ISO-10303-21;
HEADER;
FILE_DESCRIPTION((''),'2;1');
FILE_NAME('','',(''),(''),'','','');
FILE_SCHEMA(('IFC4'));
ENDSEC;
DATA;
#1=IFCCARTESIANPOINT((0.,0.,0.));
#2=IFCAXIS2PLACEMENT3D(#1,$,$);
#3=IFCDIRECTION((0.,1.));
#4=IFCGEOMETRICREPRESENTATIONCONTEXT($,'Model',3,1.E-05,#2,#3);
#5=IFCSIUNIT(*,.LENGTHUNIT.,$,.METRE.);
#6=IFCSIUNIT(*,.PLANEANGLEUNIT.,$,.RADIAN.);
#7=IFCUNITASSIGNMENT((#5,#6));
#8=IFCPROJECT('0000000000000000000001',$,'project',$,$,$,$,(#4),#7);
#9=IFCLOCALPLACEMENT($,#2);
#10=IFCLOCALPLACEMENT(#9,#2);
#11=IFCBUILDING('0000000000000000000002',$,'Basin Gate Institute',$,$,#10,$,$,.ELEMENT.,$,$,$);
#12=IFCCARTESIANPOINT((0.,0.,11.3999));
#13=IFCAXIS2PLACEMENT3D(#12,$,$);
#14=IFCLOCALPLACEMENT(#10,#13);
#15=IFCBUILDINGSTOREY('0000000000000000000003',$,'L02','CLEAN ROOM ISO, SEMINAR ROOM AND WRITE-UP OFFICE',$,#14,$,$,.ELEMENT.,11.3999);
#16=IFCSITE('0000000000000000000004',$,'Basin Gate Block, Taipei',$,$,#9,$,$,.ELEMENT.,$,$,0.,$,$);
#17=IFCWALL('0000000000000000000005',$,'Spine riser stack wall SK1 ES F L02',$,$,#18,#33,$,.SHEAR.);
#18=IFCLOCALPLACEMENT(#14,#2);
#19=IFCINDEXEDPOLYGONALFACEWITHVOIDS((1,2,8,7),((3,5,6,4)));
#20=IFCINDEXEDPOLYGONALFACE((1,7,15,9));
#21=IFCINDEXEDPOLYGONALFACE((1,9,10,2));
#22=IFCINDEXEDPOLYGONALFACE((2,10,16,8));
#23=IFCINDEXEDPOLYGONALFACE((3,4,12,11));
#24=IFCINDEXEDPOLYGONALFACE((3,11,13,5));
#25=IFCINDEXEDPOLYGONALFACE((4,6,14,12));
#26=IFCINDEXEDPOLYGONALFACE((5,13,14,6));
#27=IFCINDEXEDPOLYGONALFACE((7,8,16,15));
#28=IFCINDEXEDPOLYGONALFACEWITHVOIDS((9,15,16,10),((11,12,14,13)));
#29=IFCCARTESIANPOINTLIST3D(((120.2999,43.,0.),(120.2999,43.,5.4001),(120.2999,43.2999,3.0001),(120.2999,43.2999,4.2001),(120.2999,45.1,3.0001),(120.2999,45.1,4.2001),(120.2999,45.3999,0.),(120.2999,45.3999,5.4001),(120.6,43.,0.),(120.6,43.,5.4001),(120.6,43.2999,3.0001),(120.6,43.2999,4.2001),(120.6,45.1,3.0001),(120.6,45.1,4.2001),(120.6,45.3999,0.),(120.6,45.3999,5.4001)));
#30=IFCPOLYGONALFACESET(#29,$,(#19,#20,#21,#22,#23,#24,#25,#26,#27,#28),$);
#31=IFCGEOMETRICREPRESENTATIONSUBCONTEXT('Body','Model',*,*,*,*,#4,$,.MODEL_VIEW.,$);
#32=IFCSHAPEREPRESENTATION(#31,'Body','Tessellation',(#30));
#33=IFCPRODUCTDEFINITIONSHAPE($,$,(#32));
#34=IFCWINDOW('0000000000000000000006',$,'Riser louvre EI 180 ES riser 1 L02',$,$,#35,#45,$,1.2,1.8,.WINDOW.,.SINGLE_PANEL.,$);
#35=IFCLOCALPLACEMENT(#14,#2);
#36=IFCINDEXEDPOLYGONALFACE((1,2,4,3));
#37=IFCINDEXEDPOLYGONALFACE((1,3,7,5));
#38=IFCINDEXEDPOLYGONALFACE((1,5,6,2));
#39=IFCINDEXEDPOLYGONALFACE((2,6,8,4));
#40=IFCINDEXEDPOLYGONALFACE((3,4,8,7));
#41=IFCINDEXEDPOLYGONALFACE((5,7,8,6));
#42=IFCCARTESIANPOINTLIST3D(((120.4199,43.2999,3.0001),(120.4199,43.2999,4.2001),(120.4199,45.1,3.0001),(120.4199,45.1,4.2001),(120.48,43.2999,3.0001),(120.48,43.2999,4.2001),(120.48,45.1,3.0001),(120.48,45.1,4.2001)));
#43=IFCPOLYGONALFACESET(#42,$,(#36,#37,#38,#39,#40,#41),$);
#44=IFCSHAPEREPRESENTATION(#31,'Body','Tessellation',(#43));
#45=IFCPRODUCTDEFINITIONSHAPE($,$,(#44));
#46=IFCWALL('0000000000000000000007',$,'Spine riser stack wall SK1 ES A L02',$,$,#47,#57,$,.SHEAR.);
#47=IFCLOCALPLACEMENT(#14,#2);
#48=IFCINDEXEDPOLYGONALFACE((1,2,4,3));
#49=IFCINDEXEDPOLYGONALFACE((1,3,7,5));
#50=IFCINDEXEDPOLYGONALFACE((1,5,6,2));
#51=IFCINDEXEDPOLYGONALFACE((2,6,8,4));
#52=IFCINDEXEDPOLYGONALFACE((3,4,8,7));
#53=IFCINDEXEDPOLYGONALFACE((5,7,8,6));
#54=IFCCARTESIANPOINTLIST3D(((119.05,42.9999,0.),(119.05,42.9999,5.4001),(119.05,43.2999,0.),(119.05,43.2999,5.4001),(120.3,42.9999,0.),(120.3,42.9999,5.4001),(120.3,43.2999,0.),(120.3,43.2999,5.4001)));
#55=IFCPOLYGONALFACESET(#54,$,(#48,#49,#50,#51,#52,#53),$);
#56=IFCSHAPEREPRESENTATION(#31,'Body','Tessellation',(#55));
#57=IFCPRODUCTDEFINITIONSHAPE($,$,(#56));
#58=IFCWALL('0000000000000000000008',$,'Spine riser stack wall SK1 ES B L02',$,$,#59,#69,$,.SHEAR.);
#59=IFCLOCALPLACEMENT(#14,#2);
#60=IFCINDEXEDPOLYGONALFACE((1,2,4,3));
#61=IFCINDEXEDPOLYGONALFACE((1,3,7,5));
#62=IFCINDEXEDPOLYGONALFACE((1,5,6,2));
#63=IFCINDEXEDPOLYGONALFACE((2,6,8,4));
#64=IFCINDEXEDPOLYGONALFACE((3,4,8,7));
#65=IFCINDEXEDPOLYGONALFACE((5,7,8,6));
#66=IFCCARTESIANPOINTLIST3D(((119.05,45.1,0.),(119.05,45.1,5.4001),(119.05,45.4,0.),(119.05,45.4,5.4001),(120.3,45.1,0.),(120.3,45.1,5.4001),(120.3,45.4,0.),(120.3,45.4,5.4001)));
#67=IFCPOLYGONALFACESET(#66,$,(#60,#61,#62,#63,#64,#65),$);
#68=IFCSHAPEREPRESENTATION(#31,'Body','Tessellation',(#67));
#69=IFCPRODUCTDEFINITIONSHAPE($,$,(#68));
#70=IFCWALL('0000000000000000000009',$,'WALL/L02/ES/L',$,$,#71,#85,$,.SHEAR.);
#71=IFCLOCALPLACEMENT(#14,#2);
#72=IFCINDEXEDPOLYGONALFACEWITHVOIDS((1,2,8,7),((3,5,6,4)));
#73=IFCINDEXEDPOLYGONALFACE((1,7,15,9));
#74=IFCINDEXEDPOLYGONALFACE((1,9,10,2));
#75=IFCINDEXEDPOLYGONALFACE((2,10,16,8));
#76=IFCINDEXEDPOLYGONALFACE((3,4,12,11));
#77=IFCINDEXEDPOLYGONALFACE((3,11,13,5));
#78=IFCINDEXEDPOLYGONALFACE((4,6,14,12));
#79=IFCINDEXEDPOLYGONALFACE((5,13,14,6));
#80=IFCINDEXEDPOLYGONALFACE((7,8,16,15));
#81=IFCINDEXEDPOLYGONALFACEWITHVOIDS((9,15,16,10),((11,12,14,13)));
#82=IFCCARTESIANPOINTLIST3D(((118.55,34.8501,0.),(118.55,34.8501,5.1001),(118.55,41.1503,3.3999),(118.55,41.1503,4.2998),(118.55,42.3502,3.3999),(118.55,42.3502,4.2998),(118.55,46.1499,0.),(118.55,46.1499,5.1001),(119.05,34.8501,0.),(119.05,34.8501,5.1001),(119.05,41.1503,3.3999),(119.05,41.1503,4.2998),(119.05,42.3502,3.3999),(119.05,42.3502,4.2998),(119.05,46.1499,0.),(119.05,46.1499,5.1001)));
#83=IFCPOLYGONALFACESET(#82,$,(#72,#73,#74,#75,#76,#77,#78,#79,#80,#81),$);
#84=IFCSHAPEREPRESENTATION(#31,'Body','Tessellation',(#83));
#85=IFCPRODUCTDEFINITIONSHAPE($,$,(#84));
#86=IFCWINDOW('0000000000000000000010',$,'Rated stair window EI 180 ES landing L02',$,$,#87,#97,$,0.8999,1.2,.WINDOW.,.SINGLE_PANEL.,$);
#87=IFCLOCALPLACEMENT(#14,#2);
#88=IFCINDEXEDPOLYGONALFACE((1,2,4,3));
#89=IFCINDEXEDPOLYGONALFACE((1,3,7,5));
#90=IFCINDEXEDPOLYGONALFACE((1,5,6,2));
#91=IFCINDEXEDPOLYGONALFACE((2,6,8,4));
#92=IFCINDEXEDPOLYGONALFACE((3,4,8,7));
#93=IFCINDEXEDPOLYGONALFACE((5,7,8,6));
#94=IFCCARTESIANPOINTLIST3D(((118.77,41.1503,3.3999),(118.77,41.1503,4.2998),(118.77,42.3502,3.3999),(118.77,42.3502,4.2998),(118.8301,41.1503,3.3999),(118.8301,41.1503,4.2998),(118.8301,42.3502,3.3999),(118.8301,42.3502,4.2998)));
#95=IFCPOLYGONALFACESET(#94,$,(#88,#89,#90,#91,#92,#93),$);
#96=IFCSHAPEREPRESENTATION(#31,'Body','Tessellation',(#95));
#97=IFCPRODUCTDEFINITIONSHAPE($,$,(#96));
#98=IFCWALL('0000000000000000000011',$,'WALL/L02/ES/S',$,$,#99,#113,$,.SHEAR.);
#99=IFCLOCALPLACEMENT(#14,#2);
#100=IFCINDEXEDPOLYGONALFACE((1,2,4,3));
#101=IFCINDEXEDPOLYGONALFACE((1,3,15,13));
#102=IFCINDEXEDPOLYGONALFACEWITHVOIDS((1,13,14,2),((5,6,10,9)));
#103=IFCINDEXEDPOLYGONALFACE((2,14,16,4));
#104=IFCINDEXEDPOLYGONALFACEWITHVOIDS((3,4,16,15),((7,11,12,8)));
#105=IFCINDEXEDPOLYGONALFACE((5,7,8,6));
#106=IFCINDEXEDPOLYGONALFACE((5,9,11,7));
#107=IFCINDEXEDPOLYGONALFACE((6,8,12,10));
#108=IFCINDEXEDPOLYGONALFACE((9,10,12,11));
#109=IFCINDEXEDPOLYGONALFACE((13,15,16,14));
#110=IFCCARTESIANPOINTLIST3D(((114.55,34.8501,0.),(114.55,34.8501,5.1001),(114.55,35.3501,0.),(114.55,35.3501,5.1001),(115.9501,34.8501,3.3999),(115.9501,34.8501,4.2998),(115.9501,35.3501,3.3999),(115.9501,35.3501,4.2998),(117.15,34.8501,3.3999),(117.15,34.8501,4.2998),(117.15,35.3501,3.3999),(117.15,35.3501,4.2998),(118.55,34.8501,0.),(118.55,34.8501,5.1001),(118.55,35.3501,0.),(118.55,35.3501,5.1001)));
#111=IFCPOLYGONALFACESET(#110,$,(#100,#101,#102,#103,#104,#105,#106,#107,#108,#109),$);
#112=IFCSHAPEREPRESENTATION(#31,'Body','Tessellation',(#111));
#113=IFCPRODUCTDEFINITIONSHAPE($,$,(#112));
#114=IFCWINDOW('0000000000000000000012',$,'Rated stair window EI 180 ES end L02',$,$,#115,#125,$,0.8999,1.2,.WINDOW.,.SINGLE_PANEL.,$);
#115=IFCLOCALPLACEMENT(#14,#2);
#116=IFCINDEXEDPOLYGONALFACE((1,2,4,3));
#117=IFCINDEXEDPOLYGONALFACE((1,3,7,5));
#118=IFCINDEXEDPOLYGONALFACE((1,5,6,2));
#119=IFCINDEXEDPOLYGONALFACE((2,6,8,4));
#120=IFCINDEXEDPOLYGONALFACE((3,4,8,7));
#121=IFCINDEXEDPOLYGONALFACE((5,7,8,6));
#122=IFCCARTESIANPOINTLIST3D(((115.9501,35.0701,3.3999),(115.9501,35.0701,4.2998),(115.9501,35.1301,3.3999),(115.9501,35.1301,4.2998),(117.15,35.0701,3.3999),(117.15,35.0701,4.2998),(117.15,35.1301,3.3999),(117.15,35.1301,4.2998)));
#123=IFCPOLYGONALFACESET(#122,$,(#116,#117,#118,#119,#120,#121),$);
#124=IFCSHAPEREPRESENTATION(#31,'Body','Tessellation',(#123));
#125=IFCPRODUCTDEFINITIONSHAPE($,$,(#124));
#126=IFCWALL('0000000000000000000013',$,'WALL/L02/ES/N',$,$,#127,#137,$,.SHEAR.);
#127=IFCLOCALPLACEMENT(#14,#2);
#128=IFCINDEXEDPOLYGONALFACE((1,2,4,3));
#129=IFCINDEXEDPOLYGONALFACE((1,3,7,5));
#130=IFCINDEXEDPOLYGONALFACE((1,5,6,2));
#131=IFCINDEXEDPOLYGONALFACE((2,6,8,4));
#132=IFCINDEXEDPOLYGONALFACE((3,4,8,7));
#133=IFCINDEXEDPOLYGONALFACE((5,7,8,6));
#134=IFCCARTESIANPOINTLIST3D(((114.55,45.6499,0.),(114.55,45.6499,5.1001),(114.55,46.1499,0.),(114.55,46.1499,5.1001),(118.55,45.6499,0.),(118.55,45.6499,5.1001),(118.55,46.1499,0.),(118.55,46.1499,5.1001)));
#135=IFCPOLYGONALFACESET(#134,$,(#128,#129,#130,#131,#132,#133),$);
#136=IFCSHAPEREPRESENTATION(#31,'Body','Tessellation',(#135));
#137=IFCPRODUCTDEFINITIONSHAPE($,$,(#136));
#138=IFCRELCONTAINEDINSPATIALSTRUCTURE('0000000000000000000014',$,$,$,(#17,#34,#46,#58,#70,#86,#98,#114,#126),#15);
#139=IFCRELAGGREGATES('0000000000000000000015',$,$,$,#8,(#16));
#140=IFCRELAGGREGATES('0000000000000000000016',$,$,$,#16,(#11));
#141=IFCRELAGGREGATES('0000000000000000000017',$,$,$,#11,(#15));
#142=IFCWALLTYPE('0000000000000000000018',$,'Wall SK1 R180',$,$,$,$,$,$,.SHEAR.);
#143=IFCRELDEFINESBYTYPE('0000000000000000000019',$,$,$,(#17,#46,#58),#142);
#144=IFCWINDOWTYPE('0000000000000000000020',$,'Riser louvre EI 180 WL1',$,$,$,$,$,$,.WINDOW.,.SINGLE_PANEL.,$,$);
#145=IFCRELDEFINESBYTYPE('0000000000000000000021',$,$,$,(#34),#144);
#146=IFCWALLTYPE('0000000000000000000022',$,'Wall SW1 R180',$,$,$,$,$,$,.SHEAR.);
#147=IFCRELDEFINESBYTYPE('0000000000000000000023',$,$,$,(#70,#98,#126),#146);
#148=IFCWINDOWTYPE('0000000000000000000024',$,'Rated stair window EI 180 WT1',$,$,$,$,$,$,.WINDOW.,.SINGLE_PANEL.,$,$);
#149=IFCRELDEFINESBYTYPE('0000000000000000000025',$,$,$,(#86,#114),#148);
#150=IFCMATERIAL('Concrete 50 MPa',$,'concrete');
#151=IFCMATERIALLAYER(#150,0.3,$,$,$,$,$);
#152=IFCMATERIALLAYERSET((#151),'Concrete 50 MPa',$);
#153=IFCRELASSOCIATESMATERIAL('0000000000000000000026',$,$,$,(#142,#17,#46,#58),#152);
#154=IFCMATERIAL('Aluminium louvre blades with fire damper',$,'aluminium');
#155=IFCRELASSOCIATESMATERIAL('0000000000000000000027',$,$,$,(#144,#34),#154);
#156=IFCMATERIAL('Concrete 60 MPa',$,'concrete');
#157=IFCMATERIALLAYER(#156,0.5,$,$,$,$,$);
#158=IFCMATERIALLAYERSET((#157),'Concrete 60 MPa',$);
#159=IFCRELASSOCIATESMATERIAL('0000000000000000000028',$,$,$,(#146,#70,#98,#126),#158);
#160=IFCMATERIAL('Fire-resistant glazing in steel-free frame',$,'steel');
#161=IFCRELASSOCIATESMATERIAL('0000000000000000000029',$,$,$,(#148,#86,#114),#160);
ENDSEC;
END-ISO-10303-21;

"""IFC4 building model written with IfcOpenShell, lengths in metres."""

from ifc_helpers import new_model, si_unit, direction, frame, frame_2d, origin, place, context, subcontext, project, spatial, rectangle, extrude, material, layer, layer_set, type_object, element, fill, save


model = new_model("IFC4")

# Units and contexts
model_context = context("Model", 3, precision=1e-05, world=origin(), true_north=direction((0.0, 1.0)))
body_context = subcontext(model_context, "Body", "Model", "MODEL_VIEW")
ifc_project = project(units=[si_unit("LENGTHUNIT", "METRE"), si_unit("PLANEANGLEUNIT", "RADIAN")], contexts=[model_context])

# Site, building, storey
site_placement = place(None, origin())
site = spatial("IfcSite", under=ifc_project, at=site_placement, Name="Basin Gate Block, Taipei", CompositionType="ELEMENT", RefElevation=0.0)
building_placement = place(site_placement, origin())
building = spatial("IfcBuilding", under=site, at=building_placement, Name="Basin Gate Institute", CompositionType="ELEMENT")
storey_placement = place(building_placement, frame((0.0, 0.0, 11.3999)))
storey = spatial("IfcBuildingStorey", under=building, at=storey_placement, Name="L02", Description="CLEAN ROOM ISO, SEMINAR ROOM AND WRITE-UP OFFICE", CompositionType="ELEMENT", Elevation=11.3999)

# Wall, opening, window
ifc_material_1 = material(Name="Concrete 50 MPa", Category="concrete")
ifc_layer_1 = layer(ifc_material_1, 0.3)
ifc_layer_set_1 = layer_set([ifc_layer_1], Name="Concrete 50 MPa")
wall_type_1 = type_object("IfcWallType", Name="Wall SK1 R180", PredefinedType="SHEAR", material=ifc_layer_set_1)
wall_1_placement = place(storey_placement, frame((120.45, 43.0, 0.0), z_axis=(0.0, 0.0, 1.0), x_axis=(0.0, 1.0, 0.0)))
wall_1 = element("IfcWall", 1, at=wall_1_placement, inside=storey, type_object=wall_type_1, material=ifc_layer_set_1, Name="Spine riser stack wall SK1 ES F L02", PredefinedType="SHEAR", context=body_context, shape_type="SweptSolid", body=[
    extrude(rectangle(XDim=2.3999, YDim=0.3, at=frame_2d((1.2, 0.0))), origin(), (0.0, 0.0, 1.0), 5.4001),
])
opening_1_placement = place(wall_1_placement, frame((0.3, 0.0, 3.0)))
opening_1 = element("IfcOpeningElement", 2, at=opening_1_placement, cuts=wall_1, PredefinedType="OPENING", context=body_context, shape_type="SweptSolid", body=[
    extrude(rectangle(XDim=1.8, YDim=1.2, at=frame_2d((0.8999, 0.6001))), frame((0.0, 0.1602, 0.0), z_axis=(0.0, -1.0, 0.0), x_axis=(1.0, 0.0, 0.0)), (0.0, 0.0, 1.0), 0.3201),
])
ifc_material_2 = material(Name="Aluminium louvre blades with fire damper", Category="aluminium")
window_type_1 = type_object("IfcWindowType", Name="Riser louvre EI 180 WL1", PartitioningType="SINGLE_PANEL", PredefinedType="WINDOW", material=ifc_material_2)
window_1_placement = place(opening_1_placement, origin())
window_1 = element("IfcWindow", 3, at=window_1_placement, inside=storey, type_object=window_type_1, material=ifc_material_2, Name="Riser louvre EI 180 ES riser 1 L02", OverallHeight=1.2, OverallWidth=1.8, PartitioningType="SINGLE_PANEL", PredefinedType="WINDOW", context=body_context, shape_type="SweptSolid", body=[
    extrude(rectangle(XDim=1.8, YDim=1.2, at=frame_2d((0.8999, 0.6001))), frame((0.0, 0.03, 0.0), z_axis=(0.0, -1.0, 0.0), x_axis=(1.0, 0.0, 0.0)), (0.0, 0.0, 1.0), 0.0601),
])
fill(opening_1, window_1)

# Walls
for number, where, z_axis, x_axis, name in (
    (4, (119.05, 43.1499, 0.0), (0.0, 0.0, 1.0), (1.0, 0.0, 0.0), "Spine riser stack wall SK1 ES A L02"),
    (5, (119.05, 45.25, 0.0), (0.0, 0.0, 1.0), (1.0, 0.0, 0.0), "Spine riser stack wall SK1 ES B L02"),
):
    element("IfcWall", number, at=place(storey_placement, frame(where, z_axis=z_axis, x_axis=x_axis)), inside=storey, type_object=wall_type_1, material=ifc_layer_set_1, Name=name, PredefinedType="SHEAR", context=body_context, shape_type="SweptSolid", body=[
        extrude(rectangle(XDim=1.25, YDim=0.3, at=frame_2d((0.625, 0.0))), origin(), (0.0, 0.0, 1.0), 5.4001),
    ])

# Walls, openings, windows
ifc_material_3 = material(Name="Concrete 60 MPa", Category="concrete")
ifc_layer_2 = layer(ifc_material_3, 0.5)
ifc_layer_set_2 = layer_set([ifc_layer_2], Name="Concrete 60 MPa")
wall_type_2 = type_object("IfcWallType", Name="Wall SW1 R180", PredefinedType="SHEAR", material=ifc_layer_set_2)
wall_2_placement = place(storey_placement, frame((118.8, 34.8501, 0.0), z_axis=(0.0, 0.0, 1.0), x_axis=(0.0, 1.0, 0.0)))
wall_2 = element("IfcWall", 6, at=wall_2_placement, inside=storey, type_object=wall_type_2, material=ifc_layer_set_2, Name="WALL/L02/ES/L", PredefinedType="SHEAR", context=body_context, shape_type="SweptSolid", body=[
    extrude(rectangle(XDim=11.2998, YDim=0.5, at=frame_2d((5.6499, 0.0))), origin(), (0.0, 0.0, 1.0), 5.1001),
])
opening_2_placement = place(wall_2_placement, frame((6.3, 0.0, 3.3999)))
opening_2 = element("IfcOpeningElement", 7, at=opening_2_placement, cuts=wall_2, PredefinedType="OPENING", context=body_context, shape_type="SweptSolid", body=[
    extrude(rectangle(XDim=1.2, YDim=0.8999, at=frame_2d((0.6001, 0.45))), frame((0.0, 0.26, 0.0), z_axis=(0.0, -1.0, 0.0), x_axis=(1.0, 0.0, 0.0)), (0.0, 0.0, 1.0), 0.52),
])
ifc_material_4 = material(Name="Fire-resistant glazing in steel-free frame", Category="steel")
window_type_2 = type_object("IfcWindowType", Name="Rated stair window EI 180 WT1", PartitioningType="SINGLE_PANEL", PredefinedType="WINDOW", material=ifc_material_4)
window_2_placement = place(opening_2_placement, origin())
window_2 = element("IfcWindow", 8, at=window_2_placement, inside=storey, type_object=window_type_2, material=ifc_material_4, Name="Rated stair window EI 180 ES landing L02", OverallHeight=0.8999, OverallWidth=1.2, PartitioningType="SINGLE_PANEL", PredefinedType="WINDOW", context=body_context, shape_type="SweptSolid", body=[
    extrude(rectangle(XDim=1.2, YDim=0.8999, at=frame_2d((0.6001, 0.45))), frame((0.0, 0.03, 0.0), z_axis=(0.0, -1.0, 0.0), x_axis=(1.0, 0.0, 0.0)), (0.0, 0.0, 1.0), 0.0601),
])
fill(opening_2, window_2)
wall_3_placement = place(storey_placement, frame((118.55, 35.1001, 0.0), z_axis=(0.0, 0.0, 1.0), x_axis=(-1.0, 0.0, 0.0)))
wall_3 = element("IfcWall", 9, at=wall_3_placement, inside=storey, type_object=wall_type_2, material=ifc_layer_set_2, Name="WALL/L02/ES/S", PredefinedType="SHEAR", context=body_context, shape_type="SweptSolid", body=[
    extrude(rectangle(XDim=4.0, YDim=0.5, at=frame_2d((2.0, 0.0))), origin(), (0.0, 0.0, 1.0), 5.1001),
])
opening_3_placement = place(wall_3_placement, frame((1.3999, 0.0, 3.3999)))
opening_3 = element("IfcOpeningElement", 10, at=opening_3_placement, cuts=wall_3, PredefinedType="OPENING", context=body_context, shape_type="SweptSolid", body=[
    extrude(rectangle(XDim=1.2, YDim=0.8999, at=frame_2d((0.6001, 0.45))), frame((0.0, 0.26, 0.0), z_axis=(0.0, -1.0, 0.0), x_axis=(1.0, 0.0, 0.0)), (0.0, 0.0, 1.0), 0.52),
])
window_3_placement = place(opening_3_placement, origin())
window_3 = element("IfcWindow", 11, at=window_3_placement, inside=storey, type_object=window_type_2, material=ifc_material_4, Name="Rated stair window EI 180 ES end L02", OverallHeight=0.8999, OverallWidth=1.2, PartitioningType="SINGLE_PANEL", PredefinedType="WINDOW", context=body_context, shape_type="SweptSolid", body=[
    extrude(rectangle(XDim=1.2, YDim=0.8999, at=frame_2d((0.6001, 0.45))), frame((0.0, 0.03, 0.0), z_axis=(0.0, -1.0, 0.0), x_axis=(1.0, 0.0, 0.0)), (0.0, 0.0, 1.0), 0.0601),
])
fill(opening_3, window_3)

# Wall
wall_4_placement = place(storey_placement, frame((118.55, 45.8999, 0.0), z_axis=(0.0, 0.0, 1.0), x_axis=(-1.0, 0.0, 0.0)))
element("IfcWall", 12, at=wall_4_placement, inside=storey, type_object=wall_type_2, material=ifc_layer_set_2, Name="WALL/L02/ES/N", PredefinedType="SHEAR", context=body_context, shape_type="SweptSolid", body=[
    extrude(rectangle(XDim=4.0, YDim=0.5, at=frame_2d((2.0, 0.0))), origin(), (0.0, 0.0, 1.0), 5.1001),
])

save(model, "model.ifc")
